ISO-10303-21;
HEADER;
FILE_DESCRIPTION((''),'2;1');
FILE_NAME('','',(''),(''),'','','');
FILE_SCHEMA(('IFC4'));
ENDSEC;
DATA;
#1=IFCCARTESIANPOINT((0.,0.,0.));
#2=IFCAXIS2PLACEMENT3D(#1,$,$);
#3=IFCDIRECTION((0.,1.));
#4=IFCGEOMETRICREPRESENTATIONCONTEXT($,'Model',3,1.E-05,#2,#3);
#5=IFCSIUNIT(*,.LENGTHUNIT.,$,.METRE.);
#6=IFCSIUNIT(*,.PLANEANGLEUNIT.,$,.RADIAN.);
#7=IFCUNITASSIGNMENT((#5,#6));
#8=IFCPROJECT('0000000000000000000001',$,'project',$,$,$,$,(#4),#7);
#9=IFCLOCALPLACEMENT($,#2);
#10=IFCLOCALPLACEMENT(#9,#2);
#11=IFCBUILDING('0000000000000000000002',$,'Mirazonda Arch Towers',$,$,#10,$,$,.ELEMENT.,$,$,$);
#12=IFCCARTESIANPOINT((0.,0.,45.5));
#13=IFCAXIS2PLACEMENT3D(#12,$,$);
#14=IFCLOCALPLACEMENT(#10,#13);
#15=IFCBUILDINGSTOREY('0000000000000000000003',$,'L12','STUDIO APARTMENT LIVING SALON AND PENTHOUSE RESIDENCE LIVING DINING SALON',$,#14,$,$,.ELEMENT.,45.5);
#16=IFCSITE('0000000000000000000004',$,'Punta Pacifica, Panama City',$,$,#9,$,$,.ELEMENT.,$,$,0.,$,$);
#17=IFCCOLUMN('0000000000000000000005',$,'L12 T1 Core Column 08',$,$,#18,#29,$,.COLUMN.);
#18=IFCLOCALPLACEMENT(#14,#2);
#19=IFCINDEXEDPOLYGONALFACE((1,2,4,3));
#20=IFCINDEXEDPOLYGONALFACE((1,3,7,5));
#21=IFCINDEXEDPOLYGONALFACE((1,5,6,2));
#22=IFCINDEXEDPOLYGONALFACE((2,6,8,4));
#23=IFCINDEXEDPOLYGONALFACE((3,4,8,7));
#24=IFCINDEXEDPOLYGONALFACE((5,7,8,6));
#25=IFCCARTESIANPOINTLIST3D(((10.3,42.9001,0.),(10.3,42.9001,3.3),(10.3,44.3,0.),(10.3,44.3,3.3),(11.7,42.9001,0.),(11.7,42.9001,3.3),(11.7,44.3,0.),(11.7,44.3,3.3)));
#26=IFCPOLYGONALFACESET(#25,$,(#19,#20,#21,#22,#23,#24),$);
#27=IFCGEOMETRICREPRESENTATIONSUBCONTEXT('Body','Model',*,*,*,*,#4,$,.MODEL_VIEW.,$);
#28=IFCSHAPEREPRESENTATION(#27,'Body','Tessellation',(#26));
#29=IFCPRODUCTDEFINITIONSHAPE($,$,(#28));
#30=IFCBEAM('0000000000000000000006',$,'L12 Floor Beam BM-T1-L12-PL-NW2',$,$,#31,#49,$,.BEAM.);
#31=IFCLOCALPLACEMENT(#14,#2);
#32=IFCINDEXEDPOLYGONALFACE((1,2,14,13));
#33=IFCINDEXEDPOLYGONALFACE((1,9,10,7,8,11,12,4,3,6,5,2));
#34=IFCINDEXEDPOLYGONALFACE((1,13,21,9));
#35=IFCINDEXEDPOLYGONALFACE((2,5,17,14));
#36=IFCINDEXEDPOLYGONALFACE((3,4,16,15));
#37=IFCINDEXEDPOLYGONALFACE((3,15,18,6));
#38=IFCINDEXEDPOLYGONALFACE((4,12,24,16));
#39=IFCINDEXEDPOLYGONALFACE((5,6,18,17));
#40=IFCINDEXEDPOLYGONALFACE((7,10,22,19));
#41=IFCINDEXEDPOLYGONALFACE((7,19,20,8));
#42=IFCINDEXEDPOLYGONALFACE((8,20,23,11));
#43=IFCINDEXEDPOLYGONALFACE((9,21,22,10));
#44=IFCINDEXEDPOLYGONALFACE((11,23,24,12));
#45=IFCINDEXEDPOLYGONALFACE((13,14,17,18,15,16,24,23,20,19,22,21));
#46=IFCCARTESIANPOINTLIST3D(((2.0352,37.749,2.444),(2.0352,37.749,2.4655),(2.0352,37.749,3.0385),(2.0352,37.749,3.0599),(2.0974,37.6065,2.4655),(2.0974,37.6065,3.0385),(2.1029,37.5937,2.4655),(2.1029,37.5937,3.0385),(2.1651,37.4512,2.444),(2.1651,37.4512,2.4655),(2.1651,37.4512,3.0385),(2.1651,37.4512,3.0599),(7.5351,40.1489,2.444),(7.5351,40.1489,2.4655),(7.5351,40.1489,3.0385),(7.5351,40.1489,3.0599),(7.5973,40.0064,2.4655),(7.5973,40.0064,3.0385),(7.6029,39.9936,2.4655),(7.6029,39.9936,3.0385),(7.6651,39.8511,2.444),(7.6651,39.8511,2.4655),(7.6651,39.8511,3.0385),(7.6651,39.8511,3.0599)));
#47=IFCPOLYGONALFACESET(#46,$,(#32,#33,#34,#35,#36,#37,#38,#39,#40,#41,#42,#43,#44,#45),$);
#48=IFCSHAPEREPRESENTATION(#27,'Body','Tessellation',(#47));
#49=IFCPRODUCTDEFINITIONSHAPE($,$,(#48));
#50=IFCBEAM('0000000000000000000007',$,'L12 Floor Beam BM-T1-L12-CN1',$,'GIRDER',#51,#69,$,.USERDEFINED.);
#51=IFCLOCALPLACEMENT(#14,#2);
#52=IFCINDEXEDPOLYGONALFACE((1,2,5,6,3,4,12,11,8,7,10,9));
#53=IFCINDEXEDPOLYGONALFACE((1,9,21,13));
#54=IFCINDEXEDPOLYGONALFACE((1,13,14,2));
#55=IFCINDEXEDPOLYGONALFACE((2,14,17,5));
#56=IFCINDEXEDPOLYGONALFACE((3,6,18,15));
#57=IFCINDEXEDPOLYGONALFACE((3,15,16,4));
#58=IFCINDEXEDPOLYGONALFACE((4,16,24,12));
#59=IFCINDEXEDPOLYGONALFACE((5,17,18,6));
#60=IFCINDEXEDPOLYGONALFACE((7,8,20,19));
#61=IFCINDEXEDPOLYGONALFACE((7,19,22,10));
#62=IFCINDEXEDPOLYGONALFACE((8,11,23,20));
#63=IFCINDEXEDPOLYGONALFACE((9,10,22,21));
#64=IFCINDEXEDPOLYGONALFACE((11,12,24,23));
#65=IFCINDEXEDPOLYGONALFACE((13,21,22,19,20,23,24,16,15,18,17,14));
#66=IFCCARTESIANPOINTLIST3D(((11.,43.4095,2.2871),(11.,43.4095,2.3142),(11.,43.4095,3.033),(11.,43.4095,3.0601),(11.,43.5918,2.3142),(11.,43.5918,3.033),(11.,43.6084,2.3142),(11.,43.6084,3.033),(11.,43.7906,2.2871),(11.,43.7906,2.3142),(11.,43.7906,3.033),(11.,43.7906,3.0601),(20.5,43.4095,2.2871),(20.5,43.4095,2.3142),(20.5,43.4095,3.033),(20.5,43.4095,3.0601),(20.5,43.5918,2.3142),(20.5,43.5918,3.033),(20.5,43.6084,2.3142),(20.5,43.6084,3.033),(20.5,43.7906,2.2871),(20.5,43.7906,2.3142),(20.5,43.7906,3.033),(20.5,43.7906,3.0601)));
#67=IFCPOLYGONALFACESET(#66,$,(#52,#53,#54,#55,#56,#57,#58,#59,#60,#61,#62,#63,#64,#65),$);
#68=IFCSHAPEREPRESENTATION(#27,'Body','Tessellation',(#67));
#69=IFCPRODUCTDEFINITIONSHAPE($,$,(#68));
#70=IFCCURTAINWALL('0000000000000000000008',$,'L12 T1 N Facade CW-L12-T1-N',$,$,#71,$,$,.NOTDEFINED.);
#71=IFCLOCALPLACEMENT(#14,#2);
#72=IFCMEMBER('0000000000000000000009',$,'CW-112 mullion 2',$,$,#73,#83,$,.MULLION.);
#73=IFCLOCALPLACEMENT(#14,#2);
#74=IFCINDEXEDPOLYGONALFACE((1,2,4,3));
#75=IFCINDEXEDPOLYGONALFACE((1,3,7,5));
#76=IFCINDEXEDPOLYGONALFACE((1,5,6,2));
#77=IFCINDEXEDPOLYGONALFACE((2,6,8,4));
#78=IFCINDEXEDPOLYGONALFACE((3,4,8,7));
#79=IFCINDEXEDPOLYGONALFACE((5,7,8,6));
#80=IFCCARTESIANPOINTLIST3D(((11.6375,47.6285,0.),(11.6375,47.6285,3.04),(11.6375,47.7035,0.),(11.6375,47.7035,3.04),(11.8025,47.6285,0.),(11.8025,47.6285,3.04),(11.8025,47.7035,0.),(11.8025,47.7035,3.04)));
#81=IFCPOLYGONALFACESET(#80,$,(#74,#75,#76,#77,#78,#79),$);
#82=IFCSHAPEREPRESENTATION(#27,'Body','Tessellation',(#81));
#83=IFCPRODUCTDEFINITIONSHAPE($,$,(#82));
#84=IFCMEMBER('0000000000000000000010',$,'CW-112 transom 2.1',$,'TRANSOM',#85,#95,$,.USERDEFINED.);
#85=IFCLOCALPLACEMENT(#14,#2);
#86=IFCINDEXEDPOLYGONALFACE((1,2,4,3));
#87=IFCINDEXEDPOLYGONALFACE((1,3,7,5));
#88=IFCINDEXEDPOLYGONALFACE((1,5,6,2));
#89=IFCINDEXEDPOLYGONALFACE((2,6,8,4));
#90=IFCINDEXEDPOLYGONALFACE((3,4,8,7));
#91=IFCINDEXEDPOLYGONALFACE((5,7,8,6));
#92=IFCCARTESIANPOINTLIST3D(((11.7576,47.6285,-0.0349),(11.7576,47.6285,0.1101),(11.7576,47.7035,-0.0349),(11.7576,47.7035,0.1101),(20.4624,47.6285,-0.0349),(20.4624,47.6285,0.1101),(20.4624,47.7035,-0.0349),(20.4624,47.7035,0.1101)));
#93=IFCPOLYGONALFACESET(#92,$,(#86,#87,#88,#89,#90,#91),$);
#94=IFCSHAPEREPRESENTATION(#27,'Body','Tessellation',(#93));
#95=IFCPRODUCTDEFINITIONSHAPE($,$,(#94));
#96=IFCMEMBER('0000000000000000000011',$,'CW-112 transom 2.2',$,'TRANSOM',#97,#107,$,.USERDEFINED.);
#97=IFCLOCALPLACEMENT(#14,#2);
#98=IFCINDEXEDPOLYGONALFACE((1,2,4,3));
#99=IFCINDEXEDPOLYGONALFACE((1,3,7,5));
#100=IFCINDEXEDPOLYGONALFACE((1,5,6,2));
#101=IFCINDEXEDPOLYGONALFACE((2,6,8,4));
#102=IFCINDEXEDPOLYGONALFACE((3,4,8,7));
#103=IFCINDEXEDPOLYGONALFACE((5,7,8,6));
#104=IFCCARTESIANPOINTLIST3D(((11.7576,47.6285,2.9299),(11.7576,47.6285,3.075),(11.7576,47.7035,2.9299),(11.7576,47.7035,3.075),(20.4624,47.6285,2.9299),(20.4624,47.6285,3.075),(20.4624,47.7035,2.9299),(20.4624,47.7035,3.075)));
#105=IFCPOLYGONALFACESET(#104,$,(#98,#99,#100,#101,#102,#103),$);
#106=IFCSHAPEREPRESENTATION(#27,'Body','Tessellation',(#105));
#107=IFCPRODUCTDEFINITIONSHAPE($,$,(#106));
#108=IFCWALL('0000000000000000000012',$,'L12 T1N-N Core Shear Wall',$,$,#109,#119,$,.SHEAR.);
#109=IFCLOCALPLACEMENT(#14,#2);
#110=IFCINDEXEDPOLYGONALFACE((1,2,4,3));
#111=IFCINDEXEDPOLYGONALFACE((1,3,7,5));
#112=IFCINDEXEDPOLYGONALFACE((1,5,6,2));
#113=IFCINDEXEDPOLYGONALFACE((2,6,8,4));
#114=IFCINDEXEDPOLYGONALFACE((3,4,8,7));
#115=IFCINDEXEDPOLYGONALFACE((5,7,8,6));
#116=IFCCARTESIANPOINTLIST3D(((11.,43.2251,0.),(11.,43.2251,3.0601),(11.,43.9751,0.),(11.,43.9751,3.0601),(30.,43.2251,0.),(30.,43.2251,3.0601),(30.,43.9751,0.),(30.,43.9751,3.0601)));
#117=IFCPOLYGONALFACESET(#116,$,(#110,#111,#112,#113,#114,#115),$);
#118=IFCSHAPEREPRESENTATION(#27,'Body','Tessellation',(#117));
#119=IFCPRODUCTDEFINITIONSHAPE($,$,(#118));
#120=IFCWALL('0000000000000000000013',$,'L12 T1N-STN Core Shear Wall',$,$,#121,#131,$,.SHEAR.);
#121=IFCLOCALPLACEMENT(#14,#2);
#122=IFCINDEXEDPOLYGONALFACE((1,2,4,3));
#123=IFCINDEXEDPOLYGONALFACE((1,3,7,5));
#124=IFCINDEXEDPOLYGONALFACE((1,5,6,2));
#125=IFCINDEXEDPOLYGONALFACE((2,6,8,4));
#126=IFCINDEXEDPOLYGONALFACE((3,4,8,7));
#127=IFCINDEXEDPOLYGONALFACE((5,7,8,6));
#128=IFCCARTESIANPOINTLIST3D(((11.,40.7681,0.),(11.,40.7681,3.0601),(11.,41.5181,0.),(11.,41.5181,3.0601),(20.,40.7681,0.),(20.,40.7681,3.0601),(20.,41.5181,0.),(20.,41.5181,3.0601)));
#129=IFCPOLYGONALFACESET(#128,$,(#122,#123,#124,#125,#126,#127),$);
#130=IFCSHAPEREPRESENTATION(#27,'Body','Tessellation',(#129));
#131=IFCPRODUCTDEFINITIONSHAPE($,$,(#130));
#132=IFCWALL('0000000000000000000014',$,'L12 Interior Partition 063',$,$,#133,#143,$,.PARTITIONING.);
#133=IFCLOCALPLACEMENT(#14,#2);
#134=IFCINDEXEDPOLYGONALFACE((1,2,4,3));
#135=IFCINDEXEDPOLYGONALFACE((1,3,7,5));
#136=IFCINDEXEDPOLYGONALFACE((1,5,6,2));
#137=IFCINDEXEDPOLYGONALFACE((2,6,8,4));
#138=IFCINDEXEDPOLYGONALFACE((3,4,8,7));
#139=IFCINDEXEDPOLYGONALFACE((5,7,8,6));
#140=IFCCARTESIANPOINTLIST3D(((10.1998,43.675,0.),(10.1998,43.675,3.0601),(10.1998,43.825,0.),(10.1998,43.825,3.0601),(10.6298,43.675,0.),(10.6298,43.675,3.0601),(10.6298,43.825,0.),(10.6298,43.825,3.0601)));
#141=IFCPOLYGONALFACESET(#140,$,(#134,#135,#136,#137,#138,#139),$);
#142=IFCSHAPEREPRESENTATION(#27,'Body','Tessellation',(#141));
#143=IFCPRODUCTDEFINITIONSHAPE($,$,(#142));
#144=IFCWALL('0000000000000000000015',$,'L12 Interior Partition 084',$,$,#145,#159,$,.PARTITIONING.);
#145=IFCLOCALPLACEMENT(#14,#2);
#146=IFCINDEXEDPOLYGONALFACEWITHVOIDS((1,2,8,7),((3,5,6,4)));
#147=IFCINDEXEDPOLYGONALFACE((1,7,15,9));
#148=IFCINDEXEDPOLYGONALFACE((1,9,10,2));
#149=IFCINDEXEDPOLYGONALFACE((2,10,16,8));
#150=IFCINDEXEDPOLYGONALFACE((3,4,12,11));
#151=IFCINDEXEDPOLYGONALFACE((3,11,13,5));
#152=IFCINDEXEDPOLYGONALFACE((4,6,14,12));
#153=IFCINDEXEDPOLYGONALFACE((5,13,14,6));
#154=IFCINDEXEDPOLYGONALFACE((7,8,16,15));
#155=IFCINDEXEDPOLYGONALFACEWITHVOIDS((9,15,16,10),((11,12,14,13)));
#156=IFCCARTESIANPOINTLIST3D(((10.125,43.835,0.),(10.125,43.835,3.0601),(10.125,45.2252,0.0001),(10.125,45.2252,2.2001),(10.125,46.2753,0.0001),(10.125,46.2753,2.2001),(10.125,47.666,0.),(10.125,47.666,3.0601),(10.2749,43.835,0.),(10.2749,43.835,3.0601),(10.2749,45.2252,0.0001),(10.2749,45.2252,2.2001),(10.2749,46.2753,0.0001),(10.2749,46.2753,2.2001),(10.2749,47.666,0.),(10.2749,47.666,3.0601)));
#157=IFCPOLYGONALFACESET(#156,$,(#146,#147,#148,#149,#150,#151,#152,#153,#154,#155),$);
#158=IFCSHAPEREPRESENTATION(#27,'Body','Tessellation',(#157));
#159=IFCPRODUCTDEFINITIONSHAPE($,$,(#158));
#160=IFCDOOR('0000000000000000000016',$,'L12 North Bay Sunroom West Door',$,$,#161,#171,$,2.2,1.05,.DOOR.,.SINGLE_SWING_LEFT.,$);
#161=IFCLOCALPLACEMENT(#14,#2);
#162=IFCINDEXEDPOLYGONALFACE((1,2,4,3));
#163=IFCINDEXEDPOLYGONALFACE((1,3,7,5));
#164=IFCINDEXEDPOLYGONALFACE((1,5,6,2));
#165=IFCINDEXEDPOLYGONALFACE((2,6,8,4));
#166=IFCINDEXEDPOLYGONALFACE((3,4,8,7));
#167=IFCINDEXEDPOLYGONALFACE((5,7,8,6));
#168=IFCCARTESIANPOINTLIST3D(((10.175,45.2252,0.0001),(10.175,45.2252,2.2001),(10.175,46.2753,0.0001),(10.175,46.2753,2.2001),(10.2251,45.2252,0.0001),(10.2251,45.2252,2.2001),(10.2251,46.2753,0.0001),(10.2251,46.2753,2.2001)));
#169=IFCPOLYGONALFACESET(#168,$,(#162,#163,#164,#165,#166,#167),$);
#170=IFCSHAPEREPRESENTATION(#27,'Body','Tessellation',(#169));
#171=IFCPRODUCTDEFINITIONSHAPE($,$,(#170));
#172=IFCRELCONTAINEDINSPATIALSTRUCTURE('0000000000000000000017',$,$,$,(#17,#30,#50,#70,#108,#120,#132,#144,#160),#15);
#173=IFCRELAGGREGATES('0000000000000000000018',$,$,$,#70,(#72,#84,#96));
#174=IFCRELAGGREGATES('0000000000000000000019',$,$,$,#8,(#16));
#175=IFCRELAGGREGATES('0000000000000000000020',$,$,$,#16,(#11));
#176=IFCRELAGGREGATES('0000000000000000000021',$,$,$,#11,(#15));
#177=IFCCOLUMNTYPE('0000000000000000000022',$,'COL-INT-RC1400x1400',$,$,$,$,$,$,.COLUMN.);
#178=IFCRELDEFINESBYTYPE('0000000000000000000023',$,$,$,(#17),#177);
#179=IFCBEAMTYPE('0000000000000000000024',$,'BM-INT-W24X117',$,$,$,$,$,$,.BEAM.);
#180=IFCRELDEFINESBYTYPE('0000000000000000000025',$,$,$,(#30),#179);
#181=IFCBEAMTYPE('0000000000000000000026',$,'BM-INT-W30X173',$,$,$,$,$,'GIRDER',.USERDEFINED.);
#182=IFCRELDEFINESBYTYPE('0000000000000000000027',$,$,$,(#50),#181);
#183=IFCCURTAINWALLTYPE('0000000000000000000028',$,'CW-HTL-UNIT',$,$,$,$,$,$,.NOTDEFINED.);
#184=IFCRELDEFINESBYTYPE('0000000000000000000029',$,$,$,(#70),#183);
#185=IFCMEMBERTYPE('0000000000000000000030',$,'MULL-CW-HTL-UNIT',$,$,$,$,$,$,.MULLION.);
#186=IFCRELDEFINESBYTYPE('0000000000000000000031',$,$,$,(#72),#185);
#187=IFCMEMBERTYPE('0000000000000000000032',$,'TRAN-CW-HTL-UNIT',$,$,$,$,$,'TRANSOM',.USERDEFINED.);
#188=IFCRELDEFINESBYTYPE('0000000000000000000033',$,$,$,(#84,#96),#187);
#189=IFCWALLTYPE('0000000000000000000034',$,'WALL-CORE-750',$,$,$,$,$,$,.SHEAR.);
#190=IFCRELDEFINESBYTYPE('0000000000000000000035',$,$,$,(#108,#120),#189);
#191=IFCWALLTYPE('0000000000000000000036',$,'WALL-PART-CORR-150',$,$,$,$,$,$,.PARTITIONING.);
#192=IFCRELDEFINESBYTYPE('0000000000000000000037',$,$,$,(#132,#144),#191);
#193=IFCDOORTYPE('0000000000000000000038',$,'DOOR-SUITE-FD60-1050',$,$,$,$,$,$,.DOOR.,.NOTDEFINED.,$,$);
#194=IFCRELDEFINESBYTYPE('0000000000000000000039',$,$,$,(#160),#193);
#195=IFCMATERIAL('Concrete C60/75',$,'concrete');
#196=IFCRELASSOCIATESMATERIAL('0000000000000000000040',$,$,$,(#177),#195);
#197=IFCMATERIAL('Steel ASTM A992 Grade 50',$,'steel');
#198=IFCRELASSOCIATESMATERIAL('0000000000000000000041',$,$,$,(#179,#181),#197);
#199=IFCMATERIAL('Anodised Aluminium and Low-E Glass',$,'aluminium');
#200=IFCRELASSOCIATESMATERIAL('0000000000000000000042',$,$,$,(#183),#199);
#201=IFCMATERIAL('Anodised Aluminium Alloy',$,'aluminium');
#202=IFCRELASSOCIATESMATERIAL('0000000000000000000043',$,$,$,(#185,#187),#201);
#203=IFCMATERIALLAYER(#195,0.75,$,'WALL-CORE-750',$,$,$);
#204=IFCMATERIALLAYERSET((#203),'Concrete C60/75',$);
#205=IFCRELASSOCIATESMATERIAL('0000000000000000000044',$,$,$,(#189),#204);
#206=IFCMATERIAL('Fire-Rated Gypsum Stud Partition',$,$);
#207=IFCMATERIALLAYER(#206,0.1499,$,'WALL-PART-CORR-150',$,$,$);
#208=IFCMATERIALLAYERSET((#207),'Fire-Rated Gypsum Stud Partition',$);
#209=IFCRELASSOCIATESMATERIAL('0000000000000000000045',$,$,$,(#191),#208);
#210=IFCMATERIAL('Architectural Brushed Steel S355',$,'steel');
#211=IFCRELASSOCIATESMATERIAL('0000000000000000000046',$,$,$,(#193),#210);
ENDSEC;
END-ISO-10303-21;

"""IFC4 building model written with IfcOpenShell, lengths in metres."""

from ifc_helpers import new_model, si_unit, direction, frame, frame_2d, origin, origin_2d, place, context, subcontext, project, spatial, rectangle, i_section, extrude, material, layer, layer_set, material_profile, profile_set, type_object, element, fill, aggregate, save


model = new_model("IFC4")

# Units and contexts
model_context = context("Model", 3, precision=1e-05, world=origin(), true_north=direction((0.0, 1.0)))
body_context = subcontext(model_context, "Body", "Model", "MODEL_VIEW")
ifc_project = project(units=[si_unit("LENGTHUNIT", "METRE"), si_unit("PLANEANGLEUNIT", "RADIAN")], contexts=[model_context])

# Site, building, storey
site_placement = place(None, origin())
site = spatial("IfcSite", under=ifc_project, at=site_placement, Name="Punta Pacifica, Panama City", CompositionType="ELEMENT", RefElevation=0.0)
building_placement = place(site_placement, origin())
building = spatial("IfcBuilding", under=site, at=building_placement, Name="Mirazonda Arch Towers", CompositionType="ELEMENT")
storey_placement = place(building_placement, frame((0.0, 0.0, 45.5)))
storey = spatial("IfcBuildingStorey", under=building, at=storey_placement, Name="L12", Description="STUDIO APARTMENT LIVING SALON AND PENTHOUSE RESIDENCE LIVING DINING SALON", CompositionType="ELEMENT", Elevation=45.5)

# Column
ifc_material_1 = material(Name="Concrete C60/75", Category="concrete")
ifc_material_profile_1 = material_profile(ifc_material_1, rectangle(XDim=1.3999, YDim=1.3999, at=origin_2d()), Name="RC1400x1400")
ifc_profile_set_1 = profile_set([ifc_material_profile_1], Name="Concrete C60/75")
column_type = type_object("IfcColumnType", Name="COL-INT-RC1400x1400", PredefinedType="COLUMN", material=ifc_profile_set_1)
column_placement = place(storey_placement, frame((11.0, 43.6001, 0.0), z_axis=(0.0, 0.0, 1.0), x_axis=(1.0, 0.0, 0.0)))
element("IfcColumn", 1, at=column_placement, inside=storey, type_object=column_type, Name="L12 T1 Core Column 08", PredefinedType="COLUMN", context=body_context, shape_type="SweptSolid", body=[
    extrude(rectangle(XDim=1.3999, YDim=1.3999, at=origin_2d()), origin(), (0.0, 0.0, 1.0), 3.3),
])

# Beams
ifc_material_2 = material(Name="Steel ASTM A992 Grade 50", Category="steel")
ifc_material_profile_2 = material_profile(ifc_material_2, i_section(OverallWidth=0.325, OverallDepth=0.616, WebThickness=0.0139, FlangeThickness=0.0215, at=origin_2d()), Name="W24X117")
ifc_profile_set_2 = profile_set([ifc_material_profile_2], Name="Steel ASTM A992 Grade 50")
beam_type_1 = type_object("IfcBeamType", Name="BM-INT-W24X117", PredefinedType="BEAM", material=ifc_profile_set_2)
beam_1_placement = place(storey_placement, frame((7.6001, 40.0, 2.752), z_axis=(-0.916545, -0.399931, 0.0), x_axis=(0.399931, -0.916545, 0.0)))
element("IfcBeam", 2, at=beam_1_placement, inside=storey, type_object=beam_type_1, Name="L12 Floor Beam BM-T1-L12-PL-NW2", PredefinedType="BEAM", context=body_context, shape_type="SweptSolid", body=[
    extrude(i_section(OverallWidth=0.325, OverallDepth=0.616, WebThickness=0.0139, FlangeThickness=0.0215, at=origin_2d()), origin(), (0.0, 0.0, 1.0), 6.0007),
])
ifc_material_profile_3 = material_profile(ifc_material_2, i_section(OverallWidth=0.3811, OverallDepth=0.7729, WebThickness=0.0166, FlangeThickness=0.0271, at=origin_2d()), Name="W30X173")
ifc_profile_set_3 = profile_set([ifc_material_profile_3], Name="Steel ASTM A992 Grade 50")
beam_type_2 = type_object("IfcBeamType", Name="BM-INT-W30X173", ElementType="GIRDER", PredefinedType="USERDEFINED", material=ifc_profile_set_3)
beam_2_placement = place(storey_placement, frame((11.0, 43.6001, 2.6736), z_axis=(1.0, 0.0, 0.0), x_axis=(0.0, 1.0, 0.0)))
element("IfcBeam", 3, at=beam_2_placement, inside=storey, type_object=beam_type_2, Name="L12 Floor Beam BM-T1-L12-CN1", ObjectType="GIRDER", PredefinedType="USERDEFINED", context=body_context, shape_type="SweptSolid", body=[
    extrude(i_section(OverallWidth=0.3811, OverallDepth=0.7729, WebThickness=0.0166, FlangeThickness=0.0271, at=origin_2d()), origin(), (0.0, 0.0, 1.0), 9.5),
])

# Curtain wall, members
ifc_material_3 = material(Name="Anodised Aluminium and Low-E Glass", Category="aluminium")
curtain_wall_type = type_object("IfcCurtainWallType", Name="CW-HTL-UNIT", PredefinedType="NOTDEFINED", material=ifc_material_3)
curtain_wall_placement = place(storey_placement, origin())
curtain_wall = element("IfcCurtainWall", 4, at=curtain_wall_placement, inside=storey, type_object=curtain_wall_type, Name="L12 T1 N Facade CW-L12-T1-N", PredefinedType="NOTDEFINED")
ifc_material_4 = material(Name="Anodised Aluminium Alloy", Category="aluminium")
ifc_material_profile_4 = material_profile(ifc_material_4, rectangle(XDim=0.075, YDim=0.165, at=origin_2d()), Name="ALU-MULL-75x165")
ifc_profile_set_4 = profile_set([ifc_material_profile_4], Name="Anodised Aluminium Alloy")
member_type_1 = type_object("IfcMemberType", Name="MULL-CW-HTL-UNIT", PredefinedType="MULLION", material=ifc_profile_set_4)
member_1_placement = place(storey_placement, frame((11.72, 47.666, 0.0), z_axis=(0.0, 0.0, 1.0), x_axis=(0.0, 1.0, 0.0)))
member_1 = element("IfcMember", 5, at=member_1_placement, type_object=member_type_1, Name="CW-112 mullion 2", PredefinedType="MULLION", context=body_context, shape_type="SweptSolid", body=[
    extrude(rectangle(XDim=0.075, YDim=0.165, at=origin_2d()), origin(), (0.0, 0.0, 1.0), 3.04),
])
ifc_material_profile_5 = material_profile(ifc_material_4, rectangle(XDim=0.075, YDim=0.145, at=origin_2d()), Name="ALU-TRAN-75x145")
ifc_profile_set_5 = profile_set([ifc_material_profile_5], Name="Anodised Aluminium Alloy")
member_type_2 = type_object("IfcMemberType", Name="TRAN-CW-HTL-UNIT", ElementType="TRANSOM", PredefinedType="USERDEFINED", material=ifc_profile_set_5)
member_2_placement = place(storey_placement, frame((11.7576, 47.666, 0.0376), z_axis=(1.0, 0.0, 0.0), x_axis=(0.0, 1.0, 0.0)))
member_2 = element("IfcMember", 6, at=member_2_placement, type_object=member_type_2, Name="CW-112 transom 2.1", ObjectType="TRANSOM", PredefinedType="USERDEFINED", context=body_context, shape_type="SweptSolid", body=[
    extrude(rectangle(XDim=0.075, YDim=0.145, at=origin_2d()), origin(), (0.0, 0.0, 1.0), 8.7048),
])
member_3_placement = place(storey_placement, frame((11.7576, 47.666, 3.0024), z_axis=(1.0, 0.0, 0.0), x_axis=(0.0, 1.0, 0.0)))
member_3 = element("IfcMember", 7, at=member_3_placement, type_object=member_type_2, Name="CW-112 transom 2.2", ObjectType="TRANSOM", PredefinedType="USERDEFINED", context=body_context, shape_type="SweptSolid", body=[
    extrude(rectangle(XDim=0.075, YDim=0.145, at=origin_2d()), origin(), (0.0, 0.0, 1.0), 8.7048),
])
aggregate(curtain_wall, [member_1, member_2, member_3])

# Walls
ifc_layer_1 = layer(ifc_material_1, 0.75, Name="WALL-CORE-750")
ifc_layer_set_1 = layer_set([ifc_layer_1], Name="Concrete C60/75")
wall_type_1 = type_object("IfcWallType", Name="WALL-CORE-750", PredefinedType="SHEAR", material=ifc_layer_set_1)
wall_1_placement = place(storey_placement, frame((11.0, 43.6001, 0.0), z_axis=(0.0, 0.0, 1.0), x_axis=(1.0, 0.0, 0.0)))
element("IfcWall", 8, at=wall_1_placement, inside=storey, type_object=wall_type_1, Name="L12 T1N-N Core Shear Wall", PredefinedType="SHEAR", context=body_context, shape_type="SweptSolid", body=[
    extrude(rectangle(XDim=19.0, YDim=0.75, at=frame_2d((9.5, 0.0))), origin(), (0.0, 0.0, 1.0), 3.0601),
])
wall_2_placement = place(storey_placement, frame((11.0, 41.1431, 0.0), z_axis=(0.0, 0.0, 1.0), x_axis=(1.0, 0.0, 0.0)))
element("IfcWall", 9, at=wall_2_placement, inside=storey, type_object=wall_type_1, Name="L12 T1N-STN Core Shear Wall", PredefinedType="SHEAR", context=body_context, shape_type="SweptSolid", body=[
    extrude(rectangle(XDim=9.0, YDim=0.75, at=frame_2d((4.5, 0.0))), origin(), (0.0, 0.0, 1.0), 3.0601),
])
ifc_material_5 = material(Name="Fire-Rated Gypsum Stud Partition")
ifc_layer_2 = layer(ifc_material_5, 0.1499, Name="WALL-PART-CORR-150")
ifc_layer_set_2 = layer_set([ifc_layer_2], Name="Fire-Rated Gypsum Stud Partition")
wall_type_2 = type_object("IfcWallType", Name="WALL-PART-CORR-150", PredefinedType="PARTITIONING", material=ifc_layer_set_2)
wall_3_placement = place(storey_placement, frame((10.2, 43.75, 0.0), z_axis=(0.0, 0.0, 1.0), x_axis=(1.0, 0.0, 0.0)))
element("IfcWall", 10, at=wall_3_placement, inside=storey, type_object=wall_type_2, Name="L12 Interior Partition 063", PredefinedType="PARTITIONING", context=body_context, shape_type="SweptSolid", body=[
    extrude(rectangle(XDim=0.4299, YDim=0.1499, at=frame_2d((0.2148, 0.0))), origin(), (0.0, 0.0, 1.0), 3.0601),
])

# Wall, opening, door
wall_4_placement = place(storey_placement, frame((10.2, 43.835, 0.0), z_axis=(0.0, 0.0, 1.0), x_axis=(0.0, 1.0, 0.0)))
wall_4 = element("IfcWall", 11, at=wall_4_placement, inside=storey, type_object=wall_type_2, Name="L12 Interior Partition 084", PredefinedType="PARTITIONING", context=body_context, shape_type="SweptSolid", body=[
    extrude(rectangle(XDim=3.8311, YDim=0.1499, at=frame_2d((1.9155, 0.0))), origin(), (0.0, 0.0, 1.0), 3.0601),
])
opening_1_placement = place(wall_4_placement, frame((1.3904, 0.0, 0.0)))
opening_1 = element("IfcOpeningElement", 12, at=opening_1_placement, cuts=wall_4, PredefinedType="OPENING", context=body_context, shape_type="SweptSolid", body=[
    extrude(rectangle(XDim=1.05, YDim=2.2, at=frame_2d((0.5249, 1.1001))), frame((0.0, 0.085, 0.0), z_axis=(0.0, -1.0, 0.0), x_axis=(1.0, 0.0, 0.0)), (0.0, 0.0, 1.0), 0.1699),
])
ifc_material_6 = material(Name="Architectural Brushed Steel S355", Category="steel")
door_type_1 = type_object("IfcDoorType", Name="DOOR-SUITE-FD60-1050", OperationType="NOTDEFINED", PredefinedType="DOOR", material=ifc_material_6)
door_1_placement = place(opening_1_placement, origin())
door_1 = element("IfcDoor", 13, at=door_1_placement, inside=storey, type_object=door_type_1, Name="L12 North Bay Sunroom West Door", OperationType="SINGLE_SWING_LEFT", OverallHeight=2.2, OverallWidth=1.05, PredefinedType="DOOR", context=body_context, shape_type="SweptSolid", body=[
    extrude(rectangle(XDim=1.05, YDim=2.2, at=frame_2d((0.5249, 1.1001))), frame((0.0, 0.0249, 0.0), z_axis=(0.0, -1.0, 0.0), x_axis=(1.0, 0.0, 0.0)), (0.0, 0.0, 1.0), 0.05),
])
fill(opening_1, door_1)

save(model, "model.ifc")
